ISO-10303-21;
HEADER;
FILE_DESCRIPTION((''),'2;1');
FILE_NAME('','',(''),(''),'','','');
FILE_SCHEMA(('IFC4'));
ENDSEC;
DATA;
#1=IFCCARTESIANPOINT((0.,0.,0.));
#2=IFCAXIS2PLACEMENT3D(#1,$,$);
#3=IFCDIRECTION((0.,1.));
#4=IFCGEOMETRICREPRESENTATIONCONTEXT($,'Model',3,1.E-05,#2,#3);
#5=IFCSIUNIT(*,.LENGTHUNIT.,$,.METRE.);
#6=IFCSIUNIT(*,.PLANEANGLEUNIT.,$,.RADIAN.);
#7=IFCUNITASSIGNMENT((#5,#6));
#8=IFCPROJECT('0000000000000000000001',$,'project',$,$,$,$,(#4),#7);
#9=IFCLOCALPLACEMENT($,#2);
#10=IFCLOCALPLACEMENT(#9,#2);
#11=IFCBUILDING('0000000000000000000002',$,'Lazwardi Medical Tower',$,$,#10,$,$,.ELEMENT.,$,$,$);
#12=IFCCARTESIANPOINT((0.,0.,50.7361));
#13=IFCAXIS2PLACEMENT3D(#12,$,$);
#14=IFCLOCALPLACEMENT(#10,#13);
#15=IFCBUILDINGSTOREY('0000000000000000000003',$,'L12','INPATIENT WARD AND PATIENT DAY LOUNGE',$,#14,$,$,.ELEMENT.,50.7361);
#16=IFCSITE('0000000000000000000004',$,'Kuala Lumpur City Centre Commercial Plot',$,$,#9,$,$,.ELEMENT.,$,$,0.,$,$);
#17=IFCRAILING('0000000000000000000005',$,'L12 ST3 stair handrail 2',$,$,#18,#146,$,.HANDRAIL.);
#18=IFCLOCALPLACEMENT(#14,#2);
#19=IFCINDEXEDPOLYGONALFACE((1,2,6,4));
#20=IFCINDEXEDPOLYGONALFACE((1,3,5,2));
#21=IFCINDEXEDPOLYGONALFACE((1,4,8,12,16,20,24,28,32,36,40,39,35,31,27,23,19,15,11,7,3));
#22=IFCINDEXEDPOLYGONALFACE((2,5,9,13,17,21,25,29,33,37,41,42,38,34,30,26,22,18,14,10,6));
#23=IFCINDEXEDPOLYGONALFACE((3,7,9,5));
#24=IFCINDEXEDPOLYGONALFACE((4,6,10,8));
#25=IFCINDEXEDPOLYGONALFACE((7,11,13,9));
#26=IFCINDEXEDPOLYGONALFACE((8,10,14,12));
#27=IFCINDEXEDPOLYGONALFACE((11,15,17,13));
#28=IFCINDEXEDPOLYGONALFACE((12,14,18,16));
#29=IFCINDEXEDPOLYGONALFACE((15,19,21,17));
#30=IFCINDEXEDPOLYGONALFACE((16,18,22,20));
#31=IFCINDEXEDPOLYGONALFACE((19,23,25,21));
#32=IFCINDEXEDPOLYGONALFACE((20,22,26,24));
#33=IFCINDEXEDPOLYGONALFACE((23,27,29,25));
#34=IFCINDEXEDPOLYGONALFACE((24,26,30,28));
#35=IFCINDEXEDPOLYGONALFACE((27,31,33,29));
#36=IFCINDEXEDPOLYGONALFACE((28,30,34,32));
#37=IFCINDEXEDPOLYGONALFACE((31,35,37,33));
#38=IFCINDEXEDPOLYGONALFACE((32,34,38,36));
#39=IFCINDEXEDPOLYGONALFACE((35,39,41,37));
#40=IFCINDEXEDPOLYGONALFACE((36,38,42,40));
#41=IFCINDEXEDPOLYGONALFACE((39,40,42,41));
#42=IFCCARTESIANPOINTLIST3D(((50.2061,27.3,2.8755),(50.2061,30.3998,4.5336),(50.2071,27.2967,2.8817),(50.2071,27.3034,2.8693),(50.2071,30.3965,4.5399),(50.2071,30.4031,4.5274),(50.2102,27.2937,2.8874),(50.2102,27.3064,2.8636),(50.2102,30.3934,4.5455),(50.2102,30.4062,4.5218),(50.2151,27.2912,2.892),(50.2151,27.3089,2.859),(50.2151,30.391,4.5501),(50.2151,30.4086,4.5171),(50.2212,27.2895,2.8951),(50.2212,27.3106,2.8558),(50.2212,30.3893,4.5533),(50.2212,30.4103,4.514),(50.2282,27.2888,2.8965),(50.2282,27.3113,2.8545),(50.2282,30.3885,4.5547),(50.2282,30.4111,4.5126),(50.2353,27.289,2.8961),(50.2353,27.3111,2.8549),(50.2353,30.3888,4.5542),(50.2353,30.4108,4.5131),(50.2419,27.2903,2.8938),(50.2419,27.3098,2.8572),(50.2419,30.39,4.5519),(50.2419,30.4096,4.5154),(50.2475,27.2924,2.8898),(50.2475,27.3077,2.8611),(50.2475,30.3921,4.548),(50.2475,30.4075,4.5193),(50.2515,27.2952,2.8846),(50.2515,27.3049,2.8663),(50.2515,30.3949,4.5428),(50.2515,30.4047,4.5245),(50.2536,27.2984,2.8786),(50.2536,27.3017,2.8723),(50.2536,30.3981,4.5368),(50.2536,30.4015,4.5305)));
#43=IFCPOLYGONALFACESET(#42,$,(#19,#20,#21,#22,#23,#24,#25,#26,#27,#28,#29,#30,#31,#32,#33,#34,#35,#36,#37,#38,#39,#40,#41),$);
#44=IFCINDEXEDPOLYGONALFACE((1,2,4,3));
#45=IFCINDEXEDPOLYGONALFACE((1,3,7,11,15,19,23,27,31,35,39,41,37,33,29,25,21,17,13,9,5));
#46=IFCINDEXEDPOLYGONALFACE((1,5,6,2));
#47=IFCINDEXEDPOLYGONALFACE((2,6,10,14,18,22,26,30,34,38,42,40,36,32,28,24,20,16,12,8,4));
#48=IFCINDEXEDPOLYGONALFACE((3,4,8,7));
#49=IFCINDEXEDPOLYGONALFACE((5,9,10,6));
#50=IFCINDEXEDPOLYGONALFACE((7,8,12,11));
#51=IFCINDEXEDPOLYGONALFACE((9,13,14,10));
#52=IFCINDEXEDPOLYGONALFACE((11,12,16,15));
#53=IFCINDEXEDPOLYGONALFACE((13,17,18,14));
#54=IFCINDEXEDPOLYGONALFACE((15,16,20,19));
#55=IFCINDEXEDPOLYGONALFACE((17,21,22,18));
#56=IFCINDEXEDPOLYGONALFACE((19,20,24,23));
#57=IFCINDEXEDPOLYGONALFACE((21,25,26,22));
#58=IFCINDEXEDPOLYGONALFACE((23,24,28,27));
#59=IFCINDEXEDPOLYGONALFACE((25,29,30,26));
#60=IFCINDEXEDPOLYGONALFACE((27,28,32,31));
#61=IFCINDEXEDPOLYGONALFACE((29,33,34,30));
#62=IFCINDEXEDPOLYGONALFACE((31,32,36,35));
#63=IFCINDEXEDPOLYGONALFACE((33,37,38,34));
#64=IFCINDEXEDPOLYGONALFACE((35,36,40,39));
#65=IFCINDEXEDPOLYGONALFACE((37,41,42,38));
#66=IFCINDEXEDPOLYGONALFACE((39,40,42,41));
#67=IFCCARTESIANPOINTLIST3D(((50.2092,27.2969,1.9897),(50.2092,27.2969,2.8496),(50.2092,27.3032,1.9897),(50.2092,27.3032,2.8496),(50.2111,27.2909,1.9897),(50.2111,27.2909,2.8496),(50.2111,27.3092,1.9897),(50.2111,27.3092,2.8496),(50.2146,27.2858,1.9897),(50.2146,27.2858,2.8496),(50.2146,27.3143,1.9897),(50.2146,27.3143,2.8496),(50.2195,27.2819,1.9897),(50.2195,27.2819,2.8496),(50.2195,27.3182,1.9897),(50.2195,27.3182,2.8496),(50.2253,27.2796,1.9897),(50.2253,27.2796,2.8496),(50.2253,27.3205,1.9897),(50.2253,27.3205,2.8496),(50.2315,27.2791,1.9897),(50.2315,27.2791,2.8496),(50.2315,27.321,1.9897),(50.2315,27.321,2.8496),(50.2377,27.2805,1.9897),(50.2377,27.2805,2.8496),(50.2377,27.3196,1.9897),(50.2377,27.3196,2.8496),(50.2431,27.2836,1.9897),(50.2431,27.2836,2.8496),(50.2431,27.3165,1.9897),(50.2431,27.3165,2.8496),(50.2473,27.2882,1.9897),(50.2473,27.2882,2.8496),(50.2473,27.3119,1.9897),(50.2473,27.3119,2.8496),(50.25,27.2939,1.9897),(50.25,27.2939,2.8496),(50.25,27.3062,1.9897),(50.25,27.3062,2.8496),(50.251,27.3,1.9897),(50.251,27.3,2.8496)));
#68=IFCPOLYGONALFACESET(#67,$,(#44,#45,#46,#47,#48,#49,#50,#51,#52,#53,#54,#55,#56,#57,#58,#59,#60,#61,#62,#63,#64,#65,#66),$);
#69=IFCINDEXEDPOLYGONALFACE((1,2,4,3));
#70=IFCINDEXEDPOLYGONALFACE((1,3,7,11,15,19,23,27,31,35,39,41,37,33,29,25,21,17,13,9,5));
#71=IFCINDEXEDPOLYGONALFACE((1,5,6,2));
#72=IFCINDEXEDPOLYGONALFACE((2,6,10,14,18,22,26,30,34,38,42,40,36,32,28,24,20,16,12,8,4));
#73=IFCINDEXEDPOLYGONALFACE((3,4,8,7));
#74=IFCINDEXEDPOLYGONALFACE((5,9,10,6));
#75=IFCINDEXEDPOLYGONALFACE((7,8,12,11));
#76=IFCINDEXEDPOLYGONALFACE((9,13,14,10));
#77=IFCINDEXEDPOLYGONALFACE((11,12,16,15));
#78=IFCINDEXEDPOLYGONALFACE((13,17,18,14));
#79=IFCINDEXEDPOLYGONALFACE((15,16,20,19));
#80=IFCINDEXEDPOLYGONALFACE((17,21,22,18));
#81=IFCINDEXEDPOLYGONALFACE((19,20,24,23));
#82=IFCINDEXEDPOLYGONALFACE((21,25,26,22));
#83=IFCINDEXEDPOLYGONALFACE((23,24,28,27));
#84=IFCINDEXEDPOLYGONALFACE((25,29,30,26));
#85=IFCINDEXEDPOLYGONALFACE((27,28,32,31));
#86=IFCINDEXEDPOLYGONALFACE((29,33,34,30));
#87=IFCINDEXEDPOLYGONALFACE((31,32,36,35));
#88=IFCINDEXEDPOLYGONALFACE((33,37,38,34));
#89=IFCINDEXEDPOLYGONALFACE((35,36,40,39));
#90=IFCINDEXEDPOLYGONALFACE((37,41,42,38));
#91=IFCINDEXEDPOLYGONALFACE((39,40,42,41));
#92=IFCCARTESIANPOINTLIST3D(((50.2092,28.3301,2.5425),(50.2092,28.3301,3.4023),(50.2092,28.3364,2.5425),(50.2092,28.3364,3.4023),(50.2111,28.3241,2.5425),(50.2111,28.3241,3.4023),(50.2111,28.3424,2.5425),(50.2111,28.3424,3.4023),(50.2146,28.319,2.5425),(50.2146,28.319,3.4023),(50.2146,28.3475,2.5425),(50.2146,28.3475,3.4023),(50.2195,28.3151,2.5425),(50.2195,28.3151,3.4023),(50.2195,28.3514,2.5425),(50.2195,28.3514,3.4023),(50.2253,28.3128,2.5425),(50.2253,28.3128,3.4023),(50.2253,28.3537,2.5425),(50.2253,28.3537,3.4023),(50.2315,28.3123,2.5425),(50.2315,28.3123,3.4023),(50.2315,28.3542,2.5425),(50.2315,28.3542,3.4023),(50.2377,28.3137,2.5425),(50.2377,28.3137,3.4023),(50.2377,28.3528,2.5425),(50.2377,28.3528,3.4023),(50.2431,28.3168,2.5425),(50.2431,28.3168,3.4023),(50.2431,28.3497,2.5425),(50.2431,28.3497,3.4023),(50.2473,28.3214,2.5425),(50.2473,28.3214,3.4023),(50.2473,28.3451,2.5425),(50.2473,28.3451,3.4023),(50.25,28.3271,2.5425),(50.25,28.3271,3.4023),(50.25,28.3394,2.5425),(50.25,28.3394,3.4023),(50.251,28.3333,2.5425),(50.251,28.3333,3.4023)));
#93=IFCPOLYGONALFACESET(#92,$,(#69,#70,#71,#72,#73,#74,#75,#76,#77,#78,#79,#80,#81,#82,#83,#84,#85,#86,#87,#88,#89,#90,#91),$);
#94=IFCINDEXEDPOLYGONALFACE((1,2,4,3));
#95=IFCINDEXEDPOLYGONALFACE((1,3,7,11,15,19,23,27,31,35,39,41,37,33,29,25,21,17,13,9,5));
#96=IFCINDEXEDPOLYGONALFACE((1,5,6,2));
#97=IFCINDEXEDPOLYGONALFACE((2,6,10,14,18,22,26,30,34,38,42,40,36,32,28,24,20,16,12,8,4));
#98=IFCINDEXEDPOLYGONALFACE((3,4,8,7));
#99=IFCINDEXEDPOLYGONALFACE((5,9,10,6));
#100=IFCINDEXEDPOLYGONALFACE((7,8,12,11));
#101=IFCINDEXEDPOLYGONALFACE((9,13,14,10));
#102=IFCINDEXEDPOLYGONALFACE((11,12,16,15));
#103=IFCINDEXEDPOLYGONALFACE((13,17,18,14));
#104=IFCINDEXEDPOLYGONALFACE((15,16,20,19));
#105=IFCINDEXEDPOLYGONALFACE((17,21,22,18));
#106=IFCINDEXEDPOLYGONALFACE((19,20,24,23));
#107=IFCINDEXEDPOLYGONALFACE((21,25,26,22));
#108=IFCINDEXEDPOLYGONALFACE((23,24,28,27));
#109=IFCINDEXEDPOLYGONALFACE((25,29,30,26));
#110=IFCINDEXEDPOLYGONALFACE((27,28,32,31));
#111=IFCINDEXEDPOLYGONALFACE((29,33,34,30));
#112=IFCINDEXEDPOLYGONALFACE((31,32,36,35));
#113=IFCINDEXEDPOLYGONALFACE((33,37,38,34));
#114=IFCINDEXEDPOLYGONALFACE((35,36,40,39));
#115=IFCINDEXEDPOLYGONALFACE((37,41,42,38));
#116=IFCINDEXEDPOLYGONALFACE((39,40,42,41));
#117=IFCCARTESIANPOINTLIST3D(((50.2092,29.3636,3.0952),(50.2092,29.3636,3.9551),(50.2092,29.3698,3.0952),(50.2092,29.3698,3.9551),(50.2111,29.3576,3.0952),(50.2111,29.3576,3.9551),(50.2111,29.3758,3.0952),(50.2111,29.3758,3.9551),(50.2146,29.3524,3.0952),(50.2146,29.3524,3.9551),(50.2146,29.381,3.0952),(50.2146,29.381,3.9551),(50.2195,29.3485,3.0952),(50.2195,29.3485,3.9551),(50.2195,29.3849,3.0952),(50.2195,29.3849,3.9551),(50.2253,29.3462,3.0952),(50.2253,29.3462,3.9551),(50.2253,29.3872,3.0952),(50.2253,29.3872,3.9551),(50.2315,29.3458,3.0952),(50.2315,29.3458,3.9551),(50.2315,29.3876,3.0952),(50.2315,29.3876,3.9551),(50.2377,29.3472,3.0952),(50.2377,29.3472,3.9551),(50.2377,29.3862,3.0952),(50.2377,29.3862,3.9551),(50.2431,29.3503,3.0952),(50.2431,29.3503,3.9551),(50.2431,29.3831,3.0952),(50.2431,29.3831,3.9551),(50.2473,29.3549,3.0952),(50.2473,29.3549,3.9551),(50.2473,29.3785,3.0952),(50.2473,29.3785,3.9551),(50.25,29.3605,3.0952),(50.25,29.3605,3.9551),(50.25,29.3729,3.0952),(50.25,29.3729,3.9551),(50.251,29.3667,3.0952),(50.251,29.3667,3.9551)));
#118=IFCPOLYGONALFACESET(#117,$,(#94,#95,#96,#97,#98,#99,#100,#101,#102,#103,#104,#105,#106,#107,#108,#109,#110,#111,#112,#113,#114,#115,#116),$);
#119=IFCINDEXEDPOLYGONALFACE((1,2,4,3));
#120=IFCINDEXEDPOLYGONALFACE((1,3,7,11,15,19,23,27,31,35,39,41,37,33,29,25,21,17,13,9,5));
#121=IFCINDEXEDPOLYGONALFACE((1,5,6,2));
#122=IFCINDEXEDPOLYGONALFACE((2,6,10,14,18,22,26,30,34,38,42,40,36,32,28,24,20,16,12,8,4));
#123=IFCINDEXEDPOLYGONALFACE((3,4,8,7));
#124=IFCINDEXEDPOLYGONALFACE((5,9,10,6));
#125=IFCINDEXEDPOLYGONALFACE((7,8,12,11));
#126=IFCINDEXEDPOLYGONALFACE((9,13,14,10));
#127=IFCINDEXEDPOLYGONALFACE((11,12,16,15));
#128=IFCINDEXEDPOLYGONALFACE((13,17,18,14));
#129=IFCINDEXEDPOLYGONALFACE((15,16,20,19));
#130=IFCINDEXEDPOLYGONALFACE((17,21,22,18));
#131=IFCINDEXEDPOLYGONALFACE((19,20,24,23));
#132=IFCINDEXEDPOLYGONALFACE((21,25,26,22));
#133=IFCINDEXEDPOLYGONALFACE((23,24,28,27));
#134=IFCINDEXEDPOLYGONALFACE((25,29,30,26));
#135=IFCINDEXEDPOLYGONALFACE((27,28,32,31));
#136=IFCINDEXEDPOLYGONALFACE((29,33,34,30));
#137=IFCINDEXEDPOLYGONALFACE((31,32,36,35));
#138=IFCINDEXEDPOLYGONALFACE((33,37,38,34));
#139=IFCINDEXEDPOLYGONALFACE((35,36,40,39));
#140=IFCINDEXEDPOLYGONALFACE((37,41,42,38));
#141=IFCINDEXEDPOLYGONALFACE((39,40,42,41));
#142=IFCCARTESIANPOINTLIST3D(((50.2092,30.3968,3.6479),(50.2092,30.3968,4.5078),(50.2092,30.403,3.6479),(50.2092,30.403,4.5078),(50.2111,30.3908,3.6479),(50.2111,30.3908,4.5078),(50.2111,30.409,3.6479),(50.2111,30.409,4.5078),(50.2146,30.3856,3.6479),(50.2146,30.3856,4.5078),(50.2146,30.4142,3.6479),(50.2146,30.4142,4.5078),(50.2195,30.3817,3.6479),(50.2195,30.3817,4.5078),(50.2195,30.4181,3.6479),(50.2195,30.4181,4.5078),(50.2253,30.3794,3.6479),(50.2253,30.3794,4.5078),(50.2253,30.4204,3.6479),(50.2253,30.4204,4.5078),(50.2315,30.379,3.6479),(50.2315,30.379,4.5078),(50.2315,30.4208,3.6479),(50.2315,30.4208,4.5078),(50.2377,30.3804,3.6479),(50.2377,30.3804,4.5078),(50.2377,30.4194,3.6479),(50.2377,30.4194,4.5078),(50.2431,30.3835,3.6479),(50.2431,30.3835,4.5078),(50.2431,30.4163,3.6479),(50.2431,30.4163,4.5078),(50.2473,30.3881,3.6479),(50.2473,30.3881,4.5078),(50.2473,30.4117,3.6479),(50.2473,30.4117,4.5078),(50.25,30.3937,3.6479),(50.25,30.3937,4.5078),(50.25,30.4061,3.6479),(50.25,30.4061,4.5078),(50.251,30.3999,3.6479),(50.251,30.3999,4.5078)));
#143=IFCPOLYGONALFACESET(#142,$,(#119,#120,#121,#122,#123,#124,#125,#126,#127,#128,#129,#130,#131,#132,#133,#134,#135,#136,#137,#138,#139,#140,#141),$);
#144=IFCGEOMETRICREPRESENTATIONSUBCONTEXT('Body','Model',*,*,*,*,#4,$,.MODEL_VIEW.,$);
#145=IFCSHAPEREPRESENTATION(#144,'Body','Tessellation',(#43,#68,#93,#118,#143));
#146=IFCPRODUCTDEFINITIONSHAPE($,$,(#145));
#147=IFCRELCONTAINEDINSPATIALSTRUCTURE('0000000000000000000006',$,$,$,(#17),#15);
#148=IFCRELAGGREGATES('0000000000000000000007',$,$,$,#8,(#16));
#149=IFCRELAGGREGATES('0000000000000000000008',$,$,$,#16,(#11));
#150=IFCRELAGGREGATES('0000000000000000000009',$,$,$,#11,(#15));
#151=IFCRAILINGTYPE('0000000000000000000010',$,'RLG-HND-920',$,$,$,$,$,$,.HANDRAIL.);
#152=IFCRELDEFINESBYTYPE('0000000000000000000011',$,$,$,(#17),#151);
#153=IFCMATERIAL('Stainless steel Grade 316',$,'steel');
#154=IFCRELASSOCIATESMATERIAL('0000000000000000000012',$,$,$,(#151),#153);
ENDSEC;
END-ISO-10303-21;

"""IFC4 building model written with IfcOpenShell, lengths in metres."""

from ifc_helpers import new_model, si_unit, direction, frame, origin, origin_2d, place, context, subcontext, project, spatial, circle, extrude, material, type_object, element, save


model = new_model("IFC4")

# Units and contexts
model_context = context("Model", 3, precision=1e-05, world=origin(), true_north=direction((0.0, 1.0)))
body_context = subcontext(model_context, "Body", "Model", "MODEL_VIEW")
ifc_project = project(units=[si_unit("LENGTHUNIT", "METRE"), si_unit("PLANEANGLEUNIT", "RADIAN")], contexts=[model_context])

# Site, building, storey
site_placement = place(None, origin())
site = spatial("IfcSite", under=ifc_project, at=site_placement, Name="Kuala Lumpur City Centre Commercial Plot", CompositionType="ELEMENT", RefElevation=0.0)
building_placement = place(site_placement, origin())
building = spatial("IfcBuilding", under=site, at=building_placement, Name="Lazwardi Medical Tower", CompositionType="ELEMENT")
storey_placement = place(building_placement, frame((0.0, 0.0, 50.7361)))
storey = spatial("IfcBuildingStorey", under=building, at=storey_placement, Name="L12", Description="INPATIENT WARD AND PATIENT DAY LOUNGE", CompositionType="ELEMENT", Elevation=50.7361)

# Railing
ifc_material_1 = material(Name="Stainless steel Grade 316", Category="steel")
railing_type_1 = type_object("IfcRailingType", Name="RLG-HND-920", PredefinedType="HANDRAIL", material=ifc_material_1)
railing_1_placement = place(storey_placement, frame((50.23, 27.3, 1.9897)))
element("IfcRailing", 1, at=railing_1_placement, inside=storey, type_object=railing_type_1, Name="L12 ST3 stair handrail 2", PredefinedType="HANDRAIL", context=body_context, shape_type="SweptSolid", body=[
    extrude(circle(Radius=0.0239, at=origin_2d()), frame((0.0, 0.0, 0.8857), z_axis=(0.0, 0.881768, 0.471684), x_axis=(-1.0, 0.0, 0.0)), (0.0, 0.0, 1.0), 3.5154),
    extrude(circle(Radius=0.021, at=origin_2d()), origin(), (0.0, 0.0, 1.0), 0.8599),
    extrude(circle(Radius=0.021, at=origin_2d()), frame((0.0, 1.0332, 0.5527)), (0.0, 0.0, 1.0), 0.8599),
    extrude(circle(Radius=0.021, at=origin_2d()), frame((0.0, 2.0667, 1.1055)), (0.0, 0.0, 1.0), 0.8599),
    extrude(circle(Radius=0.021, at=origin_2d()), frame((0.0, 3.0999, 1.6582)), (0.0, 0.0, 1.0), 0.8599),
])

save(model, "model.ifc")
